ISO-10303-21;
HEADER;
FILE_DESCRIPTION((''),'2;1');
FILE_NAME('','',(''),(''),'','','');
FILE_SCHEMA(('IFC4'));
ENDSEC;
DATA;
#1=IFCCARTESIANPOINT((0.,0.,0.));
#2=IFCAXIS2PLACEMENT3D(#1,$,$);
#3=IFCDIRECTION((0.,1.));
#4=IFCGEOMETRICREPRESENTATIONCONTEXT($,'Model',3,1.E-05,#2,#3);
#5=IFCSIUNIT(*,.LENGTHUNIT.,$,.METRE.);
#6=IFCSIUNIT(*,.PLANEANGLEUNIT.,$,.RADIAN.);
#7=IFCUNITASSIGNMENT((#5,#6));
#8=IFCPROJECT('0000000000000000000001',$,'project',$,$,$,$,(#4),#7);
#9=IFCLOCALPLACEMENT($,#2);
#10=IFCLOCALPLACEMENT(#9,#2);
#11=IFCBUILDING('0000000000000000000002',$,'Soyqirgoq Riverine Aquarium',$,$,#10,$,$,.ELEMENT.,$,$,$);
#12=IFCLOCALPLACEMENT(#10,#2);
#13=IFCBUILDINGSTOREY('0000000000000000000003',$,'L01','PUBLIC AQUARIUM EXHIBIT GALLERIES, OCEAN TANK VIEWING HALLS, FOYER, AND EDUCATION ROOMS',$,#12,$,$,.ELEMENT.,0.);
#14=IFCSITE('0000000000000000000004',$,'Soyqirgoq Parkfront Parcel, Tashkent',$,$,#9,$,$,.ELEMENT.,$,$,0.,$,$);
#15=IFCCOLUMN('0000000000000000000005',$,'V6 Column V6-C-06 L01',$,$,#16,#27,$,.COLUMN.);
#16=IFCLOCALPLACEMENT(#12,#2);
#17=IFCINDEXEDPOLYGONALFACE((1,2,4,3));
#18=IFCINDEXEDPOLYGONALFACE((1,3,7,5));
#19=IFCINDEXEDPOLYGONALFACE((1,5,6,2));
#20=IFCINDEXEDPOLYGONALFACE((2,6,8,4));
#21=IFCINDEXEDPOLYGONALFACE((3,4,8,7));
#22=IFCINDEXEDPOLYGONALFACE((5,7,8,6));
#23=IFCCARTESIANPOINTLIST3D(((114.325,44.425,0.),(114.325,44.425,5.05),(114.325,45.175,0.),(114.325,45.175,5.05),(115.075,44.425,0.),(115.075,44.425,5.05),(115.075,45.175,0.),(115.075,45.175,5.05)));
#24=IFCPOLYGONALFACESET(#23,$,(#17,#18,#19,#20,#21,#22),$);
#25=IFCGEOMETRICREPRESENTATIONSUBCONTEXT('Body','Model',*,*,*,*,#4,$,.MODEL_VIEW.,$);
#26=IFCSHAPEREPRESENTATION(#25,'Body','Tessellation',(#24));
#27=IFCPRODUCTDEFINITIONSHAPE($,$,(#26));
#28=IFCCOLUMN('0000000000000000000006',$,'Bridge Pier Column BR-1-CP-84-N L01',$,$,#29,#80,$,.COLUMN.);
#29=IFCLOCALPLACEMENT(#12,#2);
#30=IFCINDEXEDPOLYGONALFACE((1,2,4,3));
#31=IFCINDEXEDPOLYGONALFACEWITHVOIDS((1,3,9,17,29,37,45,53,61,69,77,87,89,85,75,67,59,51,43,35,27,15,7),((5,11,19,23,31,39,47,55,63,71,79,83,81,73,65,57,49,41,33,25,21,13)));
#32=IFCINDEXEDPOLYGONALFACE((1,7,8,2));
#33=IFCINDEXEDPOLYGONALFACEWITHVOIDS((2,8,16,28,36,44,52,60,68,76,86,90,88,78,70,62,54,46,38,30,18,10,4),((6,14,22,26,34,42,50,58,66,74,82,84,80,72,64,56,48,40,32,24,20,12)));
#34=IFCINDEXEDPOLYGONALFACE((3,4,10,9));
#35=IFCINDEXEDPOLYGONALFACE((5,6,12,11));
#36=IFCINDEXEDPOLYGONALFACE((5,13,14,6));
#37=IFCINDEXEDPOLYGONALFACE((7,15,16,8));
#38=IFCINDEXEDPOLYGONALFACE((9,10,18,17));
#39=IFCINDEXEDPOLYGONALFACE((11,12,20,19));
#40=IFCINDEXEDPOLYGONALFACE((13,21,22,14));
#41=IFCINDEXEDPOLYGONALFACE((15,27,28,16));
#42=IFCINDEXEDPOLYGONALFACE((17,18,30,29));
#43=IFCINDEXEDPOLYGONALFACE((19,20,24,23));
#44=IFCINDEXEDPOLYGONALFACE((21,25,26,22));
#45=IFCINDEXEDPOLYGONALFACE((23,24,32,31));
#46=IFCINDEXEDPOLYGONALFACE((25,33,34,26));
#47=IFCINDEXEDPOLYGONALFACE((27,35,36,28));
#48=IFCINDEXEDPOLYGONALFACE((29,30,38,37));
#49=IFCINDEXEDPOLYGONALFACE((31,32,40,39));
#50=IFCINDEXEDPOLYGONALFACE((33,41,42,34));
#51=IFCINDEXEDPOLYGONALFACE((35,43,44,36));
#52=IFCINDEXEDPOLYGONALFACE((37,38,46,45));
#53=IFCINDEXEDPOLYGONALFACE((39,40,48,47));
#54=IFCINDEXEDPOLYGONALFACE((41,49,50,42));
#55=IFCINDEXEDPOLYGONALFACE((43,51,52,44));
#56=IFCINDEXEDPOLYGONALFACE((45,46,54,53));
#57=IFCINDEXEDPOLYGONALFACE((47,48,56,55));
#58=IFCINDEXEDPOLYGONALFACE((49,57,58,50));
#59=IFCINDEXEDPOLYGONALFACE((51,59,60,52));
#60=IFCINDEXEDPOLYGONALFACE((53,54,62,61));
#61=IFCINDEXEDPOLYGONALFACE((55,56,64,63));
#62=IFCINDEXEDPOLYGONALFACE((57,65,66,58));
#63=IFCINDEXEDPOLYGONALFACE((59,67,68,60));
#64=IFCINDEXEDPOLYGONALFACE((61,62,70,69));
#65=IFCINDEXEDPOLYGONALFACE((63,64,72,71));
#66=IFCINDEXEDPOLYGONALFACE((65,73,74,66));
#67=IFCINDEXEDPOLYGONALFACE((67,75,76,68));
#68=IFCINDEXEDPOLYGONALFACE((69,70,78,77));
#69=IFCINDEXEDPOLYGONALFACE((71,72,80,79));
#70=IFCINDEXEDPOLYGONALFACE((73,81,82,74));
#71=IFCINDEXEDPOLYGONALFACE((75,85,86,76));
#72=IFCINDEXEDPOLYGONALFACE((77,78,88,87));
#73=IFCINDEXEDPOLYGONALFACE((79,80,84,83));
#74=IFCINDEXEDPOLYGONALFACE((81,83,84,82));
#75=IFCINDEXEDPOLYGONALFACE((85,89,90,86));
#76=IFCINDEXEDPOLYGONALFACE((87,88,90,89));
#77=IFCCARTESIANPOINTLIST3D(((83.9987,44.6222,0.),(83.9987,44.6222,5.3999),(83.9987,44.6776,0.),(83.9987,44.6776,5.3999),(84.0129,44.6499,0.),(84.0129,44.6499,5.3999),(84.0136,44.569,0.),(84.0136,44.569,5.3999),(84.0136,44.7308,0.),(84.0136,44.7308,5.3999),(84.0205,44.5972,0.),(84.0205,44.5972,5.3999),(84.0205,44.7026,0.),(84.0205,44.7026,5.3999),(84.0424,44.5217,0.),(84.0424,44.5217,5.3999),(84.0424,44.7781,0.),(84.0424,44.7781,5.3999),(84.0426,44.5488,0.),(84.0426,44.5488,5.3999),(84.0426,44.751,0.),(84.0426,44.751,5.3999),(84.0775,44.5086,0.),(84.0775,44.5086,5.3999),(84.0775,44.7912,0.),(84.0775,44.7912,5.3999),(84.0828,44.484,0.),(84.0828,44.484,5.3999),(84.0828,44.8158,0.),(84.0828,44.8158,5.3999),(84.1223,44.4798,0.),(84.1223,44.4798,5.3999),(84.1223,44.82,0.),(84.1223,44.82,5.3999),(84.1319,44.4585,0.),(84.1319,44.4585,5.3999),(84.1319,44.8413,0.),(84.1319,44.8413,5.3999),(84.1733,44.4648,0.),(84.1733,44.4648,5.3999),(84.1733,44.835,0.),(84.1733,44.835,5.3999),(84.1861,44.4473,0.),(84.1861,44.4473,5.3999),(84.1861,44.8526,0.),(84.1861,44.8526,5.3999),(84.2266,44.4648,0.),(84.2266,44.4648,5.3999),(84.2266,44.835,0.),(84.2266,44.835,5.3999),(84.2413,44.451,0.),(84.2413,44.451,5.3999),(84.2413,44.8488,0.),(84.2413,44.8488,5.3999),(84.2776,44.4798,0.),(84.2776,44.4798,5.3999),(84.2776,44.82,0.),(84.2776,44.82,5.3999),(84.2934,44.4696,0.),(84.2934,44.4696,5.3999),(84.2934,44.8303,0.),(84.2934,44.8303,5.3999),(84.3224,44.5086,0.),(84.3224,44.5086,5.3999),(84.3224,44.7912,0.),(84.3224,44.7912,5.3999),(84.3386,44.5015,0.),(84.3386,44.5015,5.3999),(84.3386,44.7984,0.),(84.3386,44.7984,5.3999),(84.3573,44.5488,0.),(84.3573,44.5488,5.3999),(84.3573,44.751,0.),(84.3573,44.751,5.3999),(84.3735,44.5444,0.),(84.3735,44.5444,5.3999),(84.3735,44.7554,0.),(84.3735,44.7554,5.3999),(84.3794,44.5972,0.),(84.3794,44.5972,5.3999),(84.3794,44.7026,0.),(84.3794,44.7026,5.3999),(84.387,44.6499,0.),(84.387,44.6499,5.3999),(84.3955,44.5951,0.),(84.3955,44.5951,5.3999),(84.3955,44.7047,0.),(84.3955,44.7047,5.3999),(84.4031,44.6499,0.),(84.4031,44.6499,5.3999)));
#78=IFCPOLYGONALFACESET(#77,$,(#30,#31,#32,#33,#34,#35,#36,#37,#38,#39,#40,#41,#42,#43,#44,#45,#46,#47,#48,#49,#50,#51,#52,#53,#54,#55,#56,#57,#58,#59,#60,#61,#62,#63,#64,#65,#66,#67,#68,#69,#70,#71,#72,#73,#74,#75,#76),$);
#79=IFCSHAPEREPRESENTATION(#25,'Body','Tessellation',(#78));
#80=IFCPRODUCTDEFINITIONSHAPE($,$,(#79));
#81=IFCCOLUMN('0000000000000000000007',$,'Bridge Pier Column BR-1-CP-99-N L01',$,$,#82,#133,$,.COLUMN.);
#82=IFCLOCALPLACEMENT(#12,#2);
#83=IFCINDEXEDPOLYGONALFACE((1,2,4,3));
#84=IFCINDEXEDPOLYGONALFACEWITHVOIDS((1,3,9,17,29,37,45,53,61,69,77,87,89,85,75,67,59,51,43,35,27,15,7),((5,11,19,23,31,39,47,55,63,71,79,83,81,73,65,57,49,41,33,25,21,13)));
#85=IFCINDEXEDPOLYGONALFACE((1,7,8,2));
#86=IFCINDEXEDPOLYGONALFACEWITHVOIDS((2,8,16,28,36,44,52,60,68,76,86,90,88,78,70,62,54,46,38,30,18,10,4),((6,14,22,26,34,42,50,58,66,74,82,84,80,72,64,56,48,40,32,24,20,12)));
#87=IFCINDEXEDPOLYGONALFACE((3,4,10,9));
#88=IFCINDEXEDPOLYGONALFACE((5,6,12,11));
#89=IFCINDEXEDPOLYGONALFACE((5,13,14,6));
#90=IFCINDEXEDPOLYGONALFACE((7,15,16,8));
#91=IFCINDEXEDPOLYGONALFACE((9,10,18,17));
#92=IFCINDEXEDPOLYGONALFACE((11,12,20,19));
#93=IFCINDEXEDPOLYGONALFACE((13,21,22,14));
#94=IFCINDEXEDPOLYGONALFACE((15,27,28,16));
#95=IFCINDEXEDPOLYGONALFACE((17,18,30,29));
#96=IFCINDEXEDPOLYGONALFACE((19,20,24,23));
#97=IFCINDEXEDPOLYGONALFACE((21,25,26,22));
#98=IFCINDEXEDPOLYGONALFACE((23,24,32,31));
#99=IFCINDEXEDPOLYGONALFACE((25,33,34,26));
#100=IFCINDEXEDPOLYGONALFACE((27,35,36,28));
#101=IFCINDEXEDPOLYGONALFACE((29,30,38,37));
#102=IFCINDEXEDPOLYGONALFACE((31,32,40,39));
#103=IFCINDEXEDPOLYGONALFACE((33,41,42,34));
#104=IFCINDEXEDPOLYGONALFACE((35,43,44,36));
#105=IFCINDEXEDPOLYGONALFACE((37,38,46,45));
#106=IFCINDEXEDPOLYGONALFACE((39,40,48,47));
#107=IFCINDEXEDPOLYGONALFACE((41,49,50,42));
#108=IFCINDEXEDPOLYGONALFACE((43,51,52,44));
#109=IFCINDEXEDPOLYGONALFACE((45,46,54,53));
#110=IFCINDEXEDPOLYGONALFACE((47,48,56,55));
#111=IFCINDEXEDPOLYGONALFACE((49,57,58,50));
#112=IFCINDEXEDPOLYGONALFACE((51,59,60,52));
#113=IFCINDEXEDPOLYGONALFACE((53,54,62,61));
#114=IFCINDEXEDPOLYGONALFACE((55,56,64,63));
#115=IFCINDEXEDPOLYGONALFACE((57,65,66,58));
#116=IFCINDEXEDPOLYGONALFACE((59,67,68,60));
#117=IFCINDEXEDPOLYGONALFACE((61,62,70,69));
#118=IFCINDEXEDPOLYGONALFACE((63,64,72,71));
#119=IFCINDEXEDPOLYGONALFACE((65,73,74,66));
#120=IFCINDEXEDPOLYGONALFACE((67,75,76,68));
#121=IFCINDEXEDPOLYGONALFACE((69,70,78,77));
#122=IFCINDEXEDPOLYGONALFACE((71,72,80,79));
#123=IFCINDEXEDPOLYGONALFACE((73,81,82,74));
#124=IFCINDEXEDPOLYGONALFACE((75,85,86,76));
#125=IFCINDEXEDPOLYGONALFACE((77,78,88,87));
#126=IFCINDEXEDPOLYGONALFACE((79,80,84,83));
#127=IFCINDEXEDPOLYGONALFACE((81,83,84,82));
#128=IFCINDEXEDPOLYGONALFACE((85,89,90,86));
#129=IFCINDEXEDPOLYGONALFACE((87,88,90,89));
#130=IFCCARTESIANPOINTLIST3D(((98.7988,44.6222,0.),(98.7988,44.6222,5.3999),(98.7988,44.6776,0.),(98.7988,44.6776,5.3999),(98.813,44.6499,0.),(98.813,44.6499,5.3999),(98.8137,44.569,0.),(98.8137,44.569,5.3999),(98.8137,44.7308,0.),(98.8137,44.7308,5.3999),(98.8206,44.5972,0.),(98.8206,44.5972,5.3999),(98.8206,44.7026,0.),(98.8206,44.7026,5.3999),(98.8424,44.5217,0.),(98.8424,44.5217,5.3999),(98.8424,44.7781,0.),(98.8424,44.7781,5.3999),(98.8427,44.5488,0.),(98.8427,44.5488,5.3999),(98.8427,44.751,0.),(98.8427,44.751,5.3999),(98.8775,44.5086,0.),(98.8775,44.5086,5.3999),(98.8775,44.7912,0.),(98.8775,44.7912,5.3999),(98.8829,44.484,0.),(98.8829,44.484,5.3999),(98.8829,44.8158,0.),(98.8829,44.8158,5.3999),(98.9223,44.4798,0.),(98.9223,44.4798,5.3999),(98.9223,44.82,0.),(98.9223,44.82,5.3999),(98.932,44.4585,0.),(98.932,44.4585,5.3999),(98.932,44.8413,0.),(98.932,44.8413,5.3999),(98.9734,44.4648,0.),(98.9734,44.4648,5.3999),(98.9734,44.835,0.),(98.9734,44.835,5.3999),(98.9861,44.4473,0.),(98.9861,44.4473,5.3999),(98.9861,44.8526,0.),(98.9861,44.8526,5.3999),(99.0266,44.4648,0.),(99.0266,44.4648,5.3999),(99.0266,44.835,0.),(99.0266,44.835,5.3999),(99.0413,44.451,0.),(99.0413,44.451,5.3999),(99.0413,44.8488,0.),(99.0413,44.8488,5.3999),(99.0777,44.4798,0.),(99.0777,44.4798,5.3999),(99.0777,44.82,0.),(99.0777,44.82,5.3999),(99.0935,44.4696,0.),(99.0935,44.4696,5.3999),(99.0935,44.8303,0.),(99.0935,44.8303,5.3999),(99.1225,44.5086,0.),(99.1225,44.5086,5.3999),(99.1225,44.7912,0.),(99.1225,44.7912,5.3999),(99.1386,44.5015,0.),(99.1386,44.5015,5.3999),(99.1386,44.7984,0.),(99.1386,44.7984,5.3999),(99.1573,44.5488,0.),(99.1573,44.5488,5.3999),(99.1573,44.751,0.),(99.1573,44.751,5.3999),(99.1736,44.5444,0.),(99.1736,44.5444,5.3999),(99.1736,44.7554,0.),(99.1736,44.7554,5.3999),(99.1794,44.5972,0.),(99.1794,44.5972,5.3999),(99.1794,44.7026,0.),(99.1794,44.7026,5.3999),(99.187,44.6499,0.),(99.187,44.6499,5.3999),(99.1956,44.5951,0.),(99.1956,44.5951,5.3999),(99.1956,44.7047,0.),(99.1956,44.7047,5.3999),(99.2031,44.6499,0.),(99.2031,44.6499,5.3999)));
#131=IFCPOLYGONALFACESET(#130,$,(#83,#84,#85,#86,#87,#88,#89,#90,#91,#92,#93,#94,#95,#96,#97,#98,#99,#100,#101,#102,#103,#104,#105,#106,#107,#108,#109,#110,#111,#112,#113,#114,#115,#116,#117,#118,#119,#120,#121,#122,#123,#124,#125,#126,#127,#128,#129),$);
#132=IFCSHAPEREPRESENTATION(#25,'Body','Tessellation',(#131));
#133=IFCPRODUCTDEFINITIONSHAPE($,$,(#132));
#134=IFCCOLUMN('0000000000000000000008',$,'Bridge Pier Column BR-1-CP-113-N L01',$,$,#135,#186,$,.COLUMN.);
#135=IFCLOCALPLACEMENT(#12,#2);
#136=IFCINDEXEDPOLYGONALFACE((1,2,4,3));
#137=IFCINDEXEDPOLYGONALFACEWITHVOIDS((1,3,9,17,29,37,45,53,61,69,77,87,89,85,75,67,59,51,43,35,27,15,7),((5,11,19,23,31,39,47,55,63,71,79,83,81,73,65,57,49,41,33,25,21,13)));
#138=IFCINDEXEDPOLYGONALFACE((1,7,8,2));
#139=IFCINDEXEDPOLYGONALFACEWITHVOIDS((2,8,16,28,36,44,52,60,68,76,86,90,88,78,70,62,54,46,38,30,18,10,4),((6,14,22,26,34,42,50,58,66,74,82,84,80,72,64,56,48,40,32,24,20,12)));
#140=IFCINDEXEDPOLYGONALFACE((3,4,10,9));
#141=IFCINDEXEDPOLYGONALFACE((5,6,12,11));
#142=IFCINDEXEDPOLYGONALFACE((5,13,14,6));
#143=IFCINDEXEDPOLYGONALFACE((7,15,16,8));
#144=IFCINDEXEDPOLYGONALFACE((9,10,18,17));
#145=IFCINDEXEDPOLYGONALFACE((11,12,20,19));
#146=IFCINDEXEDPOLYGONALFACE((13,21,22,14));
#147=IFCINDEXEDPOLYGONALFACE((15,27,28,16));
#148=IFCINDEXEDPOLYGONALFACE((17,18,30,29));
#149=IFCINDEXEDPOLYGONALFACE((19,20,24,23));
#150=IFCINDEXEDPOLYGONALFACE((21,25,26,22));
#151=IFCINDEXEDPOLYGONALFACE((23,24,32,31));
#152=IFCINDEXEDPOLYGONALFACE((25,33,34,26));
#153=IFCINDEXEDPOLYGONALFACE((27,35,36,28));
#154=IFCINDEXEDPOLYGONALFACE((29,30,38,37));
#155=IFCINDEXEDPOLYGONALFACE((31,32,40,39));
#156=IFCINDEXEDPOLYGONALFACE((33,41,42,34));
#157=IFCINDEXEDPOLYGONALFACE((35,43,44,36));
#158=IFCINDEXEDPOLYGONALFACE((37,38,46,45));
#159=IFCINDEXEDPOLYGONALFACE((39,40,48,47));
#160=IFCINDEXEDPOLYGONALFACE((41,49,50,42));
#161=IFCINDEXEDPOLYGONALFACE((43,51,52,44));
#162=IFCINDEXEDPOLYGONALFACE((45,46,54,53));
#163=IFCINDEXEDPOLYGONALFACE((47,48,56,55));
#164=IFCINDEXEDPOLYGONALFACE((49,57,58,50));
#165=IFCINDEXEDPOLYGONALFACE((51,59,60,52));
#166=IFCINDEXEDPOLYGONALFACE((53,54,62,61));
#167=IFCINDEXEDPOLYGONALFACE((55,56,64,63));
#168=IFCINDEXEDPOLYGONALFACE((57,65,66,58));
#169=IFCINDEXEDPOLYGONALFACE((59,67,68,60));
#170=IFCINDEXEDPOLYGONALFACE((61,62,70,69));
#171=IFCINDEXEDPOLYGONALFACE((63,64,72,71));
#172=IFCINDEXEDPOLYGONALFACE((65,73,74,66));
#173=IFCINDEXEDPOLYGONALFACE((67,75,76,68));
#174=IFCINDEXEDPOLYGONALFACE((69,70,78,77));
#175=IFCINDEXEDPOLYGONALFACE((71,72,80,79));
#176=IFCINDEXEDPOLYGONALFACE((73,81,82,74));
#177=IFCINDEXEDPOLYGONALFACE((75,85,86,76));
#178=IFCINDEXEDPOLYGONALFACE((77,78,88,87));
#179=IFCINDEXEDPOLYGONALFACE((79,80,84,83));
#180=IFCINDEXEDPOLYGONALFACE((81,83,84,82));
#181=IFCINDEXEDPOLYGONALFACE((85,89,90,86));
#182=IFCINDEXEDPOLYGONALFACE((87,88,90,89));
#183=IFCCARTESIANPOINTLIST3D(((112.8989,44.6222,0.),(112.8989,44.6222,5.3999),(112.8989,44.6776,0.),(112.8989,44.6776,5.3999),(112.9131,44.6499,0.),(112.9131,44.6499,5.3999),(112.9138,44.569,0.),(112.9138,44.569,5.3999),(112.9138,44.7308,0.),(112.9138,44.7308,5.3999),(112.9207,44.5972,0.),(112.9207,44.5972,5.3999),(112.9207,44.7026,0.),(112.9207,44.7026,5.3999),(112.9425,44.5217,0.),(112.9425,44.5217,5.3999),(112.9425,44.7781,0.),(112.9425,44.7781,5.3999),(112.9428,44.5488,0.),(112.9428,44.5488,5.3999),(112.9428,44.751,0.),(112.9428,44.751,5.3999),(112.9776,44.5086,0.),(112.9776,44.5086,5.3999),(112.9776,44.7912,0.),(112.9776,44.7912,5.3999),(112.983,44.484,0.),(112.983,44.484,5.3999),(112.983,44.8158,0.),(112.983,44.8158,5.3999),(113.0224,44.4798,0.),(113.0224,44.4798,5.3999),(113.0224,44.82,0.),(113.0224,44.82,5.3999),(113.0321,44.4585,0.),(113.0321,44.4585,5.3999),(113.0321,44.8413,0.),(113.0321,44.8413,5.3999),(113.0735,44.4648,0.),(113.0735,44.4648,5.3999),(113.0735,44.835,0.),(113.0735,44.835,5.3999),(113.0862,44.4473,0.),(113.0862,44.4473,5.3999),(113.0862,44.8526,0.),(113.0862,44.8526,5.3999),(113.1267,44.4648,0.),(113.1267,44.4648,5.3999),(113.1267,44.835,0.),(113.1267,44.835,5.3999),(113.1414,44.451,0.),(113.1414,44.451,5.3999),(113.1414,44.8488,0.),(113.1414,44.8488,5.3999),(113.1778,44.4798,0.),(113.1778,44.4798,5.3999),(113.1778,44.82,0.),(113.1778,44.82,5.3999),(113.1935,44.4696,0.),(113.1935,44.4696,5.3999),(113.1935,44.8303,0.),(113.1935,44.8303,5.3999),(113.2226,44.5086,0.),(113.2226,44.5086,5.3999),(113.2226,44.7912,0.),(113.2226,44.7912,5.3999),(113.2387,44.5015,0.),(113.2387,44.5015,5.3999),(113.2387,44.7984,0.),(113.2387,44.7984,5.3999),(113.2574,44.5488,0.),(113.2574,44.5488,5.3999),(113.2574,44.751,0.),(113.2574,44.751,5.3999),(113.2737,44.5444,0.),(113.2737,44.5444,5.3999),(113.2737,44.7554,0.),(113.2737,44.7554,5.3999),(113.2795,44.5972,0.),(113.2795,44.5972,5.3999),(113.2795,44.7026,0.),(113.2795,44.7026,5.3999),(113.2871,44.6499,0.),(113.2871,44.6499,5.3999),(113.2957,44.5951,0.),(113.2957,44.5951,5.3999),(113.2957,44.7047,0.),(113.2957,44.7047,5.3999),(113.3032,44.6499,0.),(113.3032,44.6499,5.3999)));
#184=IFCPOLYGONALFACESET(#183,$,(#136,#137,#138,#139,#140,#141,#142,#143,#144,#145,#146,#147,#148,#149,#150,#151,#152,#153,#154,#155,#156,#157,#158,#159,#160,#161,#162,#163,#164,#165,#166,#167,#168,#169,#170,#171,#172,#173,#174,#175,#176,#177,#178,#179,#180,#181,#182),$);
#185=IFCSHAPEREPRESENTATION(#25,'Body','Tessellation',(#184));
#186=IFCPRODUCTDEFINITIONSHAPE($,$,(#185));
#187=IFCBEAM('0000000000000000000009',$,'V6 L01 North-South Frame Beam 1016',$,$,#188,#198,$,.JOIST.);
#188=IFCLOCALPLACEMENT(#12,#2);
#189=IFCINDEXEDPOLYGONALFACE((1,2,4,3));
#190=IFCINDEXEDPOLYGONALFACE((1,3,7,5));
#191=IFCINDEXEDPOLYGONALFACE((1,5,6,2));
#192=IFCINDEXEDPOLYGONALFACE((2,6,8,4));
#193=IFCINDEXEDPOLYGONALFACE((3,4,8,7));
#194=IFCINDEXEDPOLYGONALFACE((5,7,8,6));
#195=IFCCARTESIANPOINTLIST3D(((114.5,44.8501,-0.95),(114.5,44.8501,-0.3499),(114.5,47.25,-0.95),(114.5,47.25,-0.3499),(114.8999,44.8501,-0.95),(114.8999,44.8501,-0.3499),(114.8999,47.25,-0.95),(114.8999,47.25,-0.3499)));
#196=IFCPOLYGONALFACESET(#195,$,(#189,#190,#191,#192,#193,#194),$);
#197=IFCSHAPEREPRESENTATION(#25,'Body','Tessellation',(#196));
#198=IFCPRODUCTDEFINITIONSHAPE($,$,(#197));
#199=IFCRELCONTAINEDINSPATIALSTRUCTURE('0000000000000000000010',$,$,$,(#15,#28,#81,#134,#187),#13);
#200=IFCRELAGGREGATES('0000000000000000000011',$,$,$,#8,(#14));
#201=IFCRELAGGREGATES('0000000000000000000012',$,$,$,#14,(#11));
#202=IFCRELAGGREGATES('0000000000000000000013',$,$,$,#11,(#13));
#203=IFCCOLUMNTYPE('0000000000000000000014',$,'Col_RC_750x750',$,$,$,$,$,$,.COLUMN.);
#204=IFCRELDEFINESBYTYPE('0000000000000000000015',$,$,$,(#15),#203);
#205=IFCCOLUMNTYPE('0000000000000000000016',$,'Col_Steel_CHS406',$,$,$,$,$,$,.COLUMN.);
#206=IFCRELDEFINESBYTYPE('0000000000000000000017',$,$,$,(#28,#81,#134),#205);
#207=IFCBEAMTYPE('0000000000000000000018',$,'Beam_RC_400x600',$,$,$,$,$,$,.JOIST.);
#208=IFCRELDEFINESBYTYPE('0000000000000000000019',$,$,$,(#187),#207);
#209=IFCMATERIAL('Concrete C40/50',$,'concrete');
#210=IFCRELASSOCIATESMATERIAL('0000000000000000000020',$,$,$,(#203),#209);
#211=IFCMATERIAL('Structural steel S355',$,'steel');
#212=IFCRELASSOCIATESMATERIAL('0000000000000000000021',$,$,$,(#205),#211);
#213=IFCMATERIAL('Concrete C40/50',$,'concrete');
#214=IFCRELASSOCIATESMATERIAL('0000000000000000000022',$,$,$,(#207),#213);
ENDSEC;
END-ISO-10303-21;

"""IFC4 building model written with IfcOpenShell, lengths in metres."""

from ifc_helpers import new_model, si_unit, direction, frame, origin, origin_2d, place, context, subcontext, project, spatial, rectangle, hollow_circle, extrude, material, material_profile, profile_set, type_object, element, save


model = new_model("IFC4")

# Units and contexts
model_context = context("Model", 3, precision=1e-05, world=origin(), true_north=direction((0.0, 1.0)))
body_context = subcontext(model_context, "Body", "Model", "MODEL_VIEW")
ifc_project = project(units=[si_unit("LENGTHUNIT", "METRE"), si_unit("PLANEANGLEUNIT", "RADIAN")], contexts=[model_context])

# Site, building, storey
site_placement = place(None, origin())
site = spatial("IfcSite", under=ifc_project, at=site_placement, Name="Soyqirgoq Parkfront Parcel, Tashkent", CompositionType="ELEMENT", RefElevation=0.0)
building_placement = place(site_placement, origin())
building = spatial("IfcBuilding", under=site, at=building_placement, Name="Soyqirgoq Riverine Aquarium", CompositionType="ELEMENT")
storey_placement = place(building_placement, origin())
storey = spatial("IfcBuildingStorey", under=building, at=storey_placement, Name="L01", Description="PUBLIC AQUARIUM EXHIBIT GALLERIES, OCEAN TANK VIEWING HALLS, FOYER, AND EDUCATION ROOMS", CompositionType="ELEMENT", Elevation=0.0)

# Columns
ifc_material_1 = material(Name="Concrete C40/50", Category="concrete")
ifc_material_profile_1 = material_profile(ifc_material_1, rectangle(XDim=0.75, YDim=0.75, at=origin_2d()), Name="RC 750x750")
ifc_profile_set_1 = profile_set([ifc_material_profile_1], Name="Concrete C40/50")
column_type_1 = type_object("IfcColumnType", Name="Col_RC_750x750", PredefinedType="COLUMN", material=ifc_profile_set_1)
column_placement = place(storey_placement, frame((114.7, 44.8, 0.0), z_axis=(0.0, 0.0, 1.0), x_axis=(1.0, 0.0, 0.0)))
element("IfcColumn", 1, at=column_placement, inside=storey, type_object=column_type_1, Name="V6 Column V6-C-06 L01", PredefinedType="COLUMN", context=body_context, shape_type="SweptSolid", body=[
    extrude(rectangle(XDim=0.75, YDim=0.75, at=origin_2d()), origin(), (0.0, 0.0, 1.0), 5.05),
])
ifc_material_2 = material(Name="Structural steel S355", Category="steel")
ifc_material_profile_2 = material_profile(ifc_material_2, hollow_circle(Radius=0.2031, WallThickness=0.0161, at=origin_2d()), Name="CHS 406.4x16")
ifc_profile_set_2 = profile_set([ifc_material_profile_2], Name="Structural steel S355")
column_type_2 = type_object("IfcColumnType", Name="Col_Steel_CHS406", PredefinedType="COLUMN", material=ifc_profile_set_2)
for number, where, z_axis, x_axis, name in (
    (2, (84.2, 44.6499, 0.0), (0.0, 0.0, 1.0), (1.0, 0.0, 0.0), "Bridge Pier Column BR-1-CP-84-N L01"),
    (3, (99.0, 44.6499, 0.0), (0.0, 0.0, 1.0), (1.0, 0.0, 0.0), "Bridge Pier Column BR-1-CP-99-N L01"),
    (4, (113.1001, 44.6499, 0.0), (0.0, 0.0, 1.0), (1.0, 0.0, 0.0), "Bridge Pier Column BR-1-CP-113-N L01"),
):
    element("IfcColumn", number, at=place(storey_placement, frame(where, z_axis=z_axis, x_axis=x_axis)), inside=storey, type_object=column_type_2, Name=name, PredefinedType="COLUMN", context=body_context, shape_type="SweptSolid", body=[
        extrude(hollow_circle(Radius=0.2031, WallThickness=0.0161, at=origin_2d()), origin(), (0.0, 0.0, 1.0), 5.3999),
    ])

# Beam
ifc_material_3 = material(Name="Concrete C40/50", Category="concrete")
ifc_material_profile_3 = material_profile(ifc_material_3, rectangle(XDim=0.3999, YDim=0.6001, at=origin_2d()), Name="RC 400x600")
ifc_profile_set_3 = profile_set([ifc_material_profile_3], Name="Concrete C40/50")
beam_type = type_object("IfcBeamType", Name="Beam_RC_400x600", PredefinedType="JOIST", material=ifc_profile_set_3)
beam_placement = place(storey_placement, frame((114.7, 44.8501, -0.6499), z_axis=(0.0, 1.0, 0.0), x_axis=(-1.0, 0.0, 0.0)))
element("IfcBeam", 5, at=beam_placement, inside=storey, type_object=beam_type, Name="V6 L01 North-South Frame Beam 1016", PredefinedType="JOIST", context=body_context, shape_type="SweptSolid", body=[
    extrude(rectangle(XDim=0.3999, YDim=0.6001, at=origin_2d()), origin(), (0.0, 0.0, 1.0), 2.3999),
])

save(model, "model.ifc")
